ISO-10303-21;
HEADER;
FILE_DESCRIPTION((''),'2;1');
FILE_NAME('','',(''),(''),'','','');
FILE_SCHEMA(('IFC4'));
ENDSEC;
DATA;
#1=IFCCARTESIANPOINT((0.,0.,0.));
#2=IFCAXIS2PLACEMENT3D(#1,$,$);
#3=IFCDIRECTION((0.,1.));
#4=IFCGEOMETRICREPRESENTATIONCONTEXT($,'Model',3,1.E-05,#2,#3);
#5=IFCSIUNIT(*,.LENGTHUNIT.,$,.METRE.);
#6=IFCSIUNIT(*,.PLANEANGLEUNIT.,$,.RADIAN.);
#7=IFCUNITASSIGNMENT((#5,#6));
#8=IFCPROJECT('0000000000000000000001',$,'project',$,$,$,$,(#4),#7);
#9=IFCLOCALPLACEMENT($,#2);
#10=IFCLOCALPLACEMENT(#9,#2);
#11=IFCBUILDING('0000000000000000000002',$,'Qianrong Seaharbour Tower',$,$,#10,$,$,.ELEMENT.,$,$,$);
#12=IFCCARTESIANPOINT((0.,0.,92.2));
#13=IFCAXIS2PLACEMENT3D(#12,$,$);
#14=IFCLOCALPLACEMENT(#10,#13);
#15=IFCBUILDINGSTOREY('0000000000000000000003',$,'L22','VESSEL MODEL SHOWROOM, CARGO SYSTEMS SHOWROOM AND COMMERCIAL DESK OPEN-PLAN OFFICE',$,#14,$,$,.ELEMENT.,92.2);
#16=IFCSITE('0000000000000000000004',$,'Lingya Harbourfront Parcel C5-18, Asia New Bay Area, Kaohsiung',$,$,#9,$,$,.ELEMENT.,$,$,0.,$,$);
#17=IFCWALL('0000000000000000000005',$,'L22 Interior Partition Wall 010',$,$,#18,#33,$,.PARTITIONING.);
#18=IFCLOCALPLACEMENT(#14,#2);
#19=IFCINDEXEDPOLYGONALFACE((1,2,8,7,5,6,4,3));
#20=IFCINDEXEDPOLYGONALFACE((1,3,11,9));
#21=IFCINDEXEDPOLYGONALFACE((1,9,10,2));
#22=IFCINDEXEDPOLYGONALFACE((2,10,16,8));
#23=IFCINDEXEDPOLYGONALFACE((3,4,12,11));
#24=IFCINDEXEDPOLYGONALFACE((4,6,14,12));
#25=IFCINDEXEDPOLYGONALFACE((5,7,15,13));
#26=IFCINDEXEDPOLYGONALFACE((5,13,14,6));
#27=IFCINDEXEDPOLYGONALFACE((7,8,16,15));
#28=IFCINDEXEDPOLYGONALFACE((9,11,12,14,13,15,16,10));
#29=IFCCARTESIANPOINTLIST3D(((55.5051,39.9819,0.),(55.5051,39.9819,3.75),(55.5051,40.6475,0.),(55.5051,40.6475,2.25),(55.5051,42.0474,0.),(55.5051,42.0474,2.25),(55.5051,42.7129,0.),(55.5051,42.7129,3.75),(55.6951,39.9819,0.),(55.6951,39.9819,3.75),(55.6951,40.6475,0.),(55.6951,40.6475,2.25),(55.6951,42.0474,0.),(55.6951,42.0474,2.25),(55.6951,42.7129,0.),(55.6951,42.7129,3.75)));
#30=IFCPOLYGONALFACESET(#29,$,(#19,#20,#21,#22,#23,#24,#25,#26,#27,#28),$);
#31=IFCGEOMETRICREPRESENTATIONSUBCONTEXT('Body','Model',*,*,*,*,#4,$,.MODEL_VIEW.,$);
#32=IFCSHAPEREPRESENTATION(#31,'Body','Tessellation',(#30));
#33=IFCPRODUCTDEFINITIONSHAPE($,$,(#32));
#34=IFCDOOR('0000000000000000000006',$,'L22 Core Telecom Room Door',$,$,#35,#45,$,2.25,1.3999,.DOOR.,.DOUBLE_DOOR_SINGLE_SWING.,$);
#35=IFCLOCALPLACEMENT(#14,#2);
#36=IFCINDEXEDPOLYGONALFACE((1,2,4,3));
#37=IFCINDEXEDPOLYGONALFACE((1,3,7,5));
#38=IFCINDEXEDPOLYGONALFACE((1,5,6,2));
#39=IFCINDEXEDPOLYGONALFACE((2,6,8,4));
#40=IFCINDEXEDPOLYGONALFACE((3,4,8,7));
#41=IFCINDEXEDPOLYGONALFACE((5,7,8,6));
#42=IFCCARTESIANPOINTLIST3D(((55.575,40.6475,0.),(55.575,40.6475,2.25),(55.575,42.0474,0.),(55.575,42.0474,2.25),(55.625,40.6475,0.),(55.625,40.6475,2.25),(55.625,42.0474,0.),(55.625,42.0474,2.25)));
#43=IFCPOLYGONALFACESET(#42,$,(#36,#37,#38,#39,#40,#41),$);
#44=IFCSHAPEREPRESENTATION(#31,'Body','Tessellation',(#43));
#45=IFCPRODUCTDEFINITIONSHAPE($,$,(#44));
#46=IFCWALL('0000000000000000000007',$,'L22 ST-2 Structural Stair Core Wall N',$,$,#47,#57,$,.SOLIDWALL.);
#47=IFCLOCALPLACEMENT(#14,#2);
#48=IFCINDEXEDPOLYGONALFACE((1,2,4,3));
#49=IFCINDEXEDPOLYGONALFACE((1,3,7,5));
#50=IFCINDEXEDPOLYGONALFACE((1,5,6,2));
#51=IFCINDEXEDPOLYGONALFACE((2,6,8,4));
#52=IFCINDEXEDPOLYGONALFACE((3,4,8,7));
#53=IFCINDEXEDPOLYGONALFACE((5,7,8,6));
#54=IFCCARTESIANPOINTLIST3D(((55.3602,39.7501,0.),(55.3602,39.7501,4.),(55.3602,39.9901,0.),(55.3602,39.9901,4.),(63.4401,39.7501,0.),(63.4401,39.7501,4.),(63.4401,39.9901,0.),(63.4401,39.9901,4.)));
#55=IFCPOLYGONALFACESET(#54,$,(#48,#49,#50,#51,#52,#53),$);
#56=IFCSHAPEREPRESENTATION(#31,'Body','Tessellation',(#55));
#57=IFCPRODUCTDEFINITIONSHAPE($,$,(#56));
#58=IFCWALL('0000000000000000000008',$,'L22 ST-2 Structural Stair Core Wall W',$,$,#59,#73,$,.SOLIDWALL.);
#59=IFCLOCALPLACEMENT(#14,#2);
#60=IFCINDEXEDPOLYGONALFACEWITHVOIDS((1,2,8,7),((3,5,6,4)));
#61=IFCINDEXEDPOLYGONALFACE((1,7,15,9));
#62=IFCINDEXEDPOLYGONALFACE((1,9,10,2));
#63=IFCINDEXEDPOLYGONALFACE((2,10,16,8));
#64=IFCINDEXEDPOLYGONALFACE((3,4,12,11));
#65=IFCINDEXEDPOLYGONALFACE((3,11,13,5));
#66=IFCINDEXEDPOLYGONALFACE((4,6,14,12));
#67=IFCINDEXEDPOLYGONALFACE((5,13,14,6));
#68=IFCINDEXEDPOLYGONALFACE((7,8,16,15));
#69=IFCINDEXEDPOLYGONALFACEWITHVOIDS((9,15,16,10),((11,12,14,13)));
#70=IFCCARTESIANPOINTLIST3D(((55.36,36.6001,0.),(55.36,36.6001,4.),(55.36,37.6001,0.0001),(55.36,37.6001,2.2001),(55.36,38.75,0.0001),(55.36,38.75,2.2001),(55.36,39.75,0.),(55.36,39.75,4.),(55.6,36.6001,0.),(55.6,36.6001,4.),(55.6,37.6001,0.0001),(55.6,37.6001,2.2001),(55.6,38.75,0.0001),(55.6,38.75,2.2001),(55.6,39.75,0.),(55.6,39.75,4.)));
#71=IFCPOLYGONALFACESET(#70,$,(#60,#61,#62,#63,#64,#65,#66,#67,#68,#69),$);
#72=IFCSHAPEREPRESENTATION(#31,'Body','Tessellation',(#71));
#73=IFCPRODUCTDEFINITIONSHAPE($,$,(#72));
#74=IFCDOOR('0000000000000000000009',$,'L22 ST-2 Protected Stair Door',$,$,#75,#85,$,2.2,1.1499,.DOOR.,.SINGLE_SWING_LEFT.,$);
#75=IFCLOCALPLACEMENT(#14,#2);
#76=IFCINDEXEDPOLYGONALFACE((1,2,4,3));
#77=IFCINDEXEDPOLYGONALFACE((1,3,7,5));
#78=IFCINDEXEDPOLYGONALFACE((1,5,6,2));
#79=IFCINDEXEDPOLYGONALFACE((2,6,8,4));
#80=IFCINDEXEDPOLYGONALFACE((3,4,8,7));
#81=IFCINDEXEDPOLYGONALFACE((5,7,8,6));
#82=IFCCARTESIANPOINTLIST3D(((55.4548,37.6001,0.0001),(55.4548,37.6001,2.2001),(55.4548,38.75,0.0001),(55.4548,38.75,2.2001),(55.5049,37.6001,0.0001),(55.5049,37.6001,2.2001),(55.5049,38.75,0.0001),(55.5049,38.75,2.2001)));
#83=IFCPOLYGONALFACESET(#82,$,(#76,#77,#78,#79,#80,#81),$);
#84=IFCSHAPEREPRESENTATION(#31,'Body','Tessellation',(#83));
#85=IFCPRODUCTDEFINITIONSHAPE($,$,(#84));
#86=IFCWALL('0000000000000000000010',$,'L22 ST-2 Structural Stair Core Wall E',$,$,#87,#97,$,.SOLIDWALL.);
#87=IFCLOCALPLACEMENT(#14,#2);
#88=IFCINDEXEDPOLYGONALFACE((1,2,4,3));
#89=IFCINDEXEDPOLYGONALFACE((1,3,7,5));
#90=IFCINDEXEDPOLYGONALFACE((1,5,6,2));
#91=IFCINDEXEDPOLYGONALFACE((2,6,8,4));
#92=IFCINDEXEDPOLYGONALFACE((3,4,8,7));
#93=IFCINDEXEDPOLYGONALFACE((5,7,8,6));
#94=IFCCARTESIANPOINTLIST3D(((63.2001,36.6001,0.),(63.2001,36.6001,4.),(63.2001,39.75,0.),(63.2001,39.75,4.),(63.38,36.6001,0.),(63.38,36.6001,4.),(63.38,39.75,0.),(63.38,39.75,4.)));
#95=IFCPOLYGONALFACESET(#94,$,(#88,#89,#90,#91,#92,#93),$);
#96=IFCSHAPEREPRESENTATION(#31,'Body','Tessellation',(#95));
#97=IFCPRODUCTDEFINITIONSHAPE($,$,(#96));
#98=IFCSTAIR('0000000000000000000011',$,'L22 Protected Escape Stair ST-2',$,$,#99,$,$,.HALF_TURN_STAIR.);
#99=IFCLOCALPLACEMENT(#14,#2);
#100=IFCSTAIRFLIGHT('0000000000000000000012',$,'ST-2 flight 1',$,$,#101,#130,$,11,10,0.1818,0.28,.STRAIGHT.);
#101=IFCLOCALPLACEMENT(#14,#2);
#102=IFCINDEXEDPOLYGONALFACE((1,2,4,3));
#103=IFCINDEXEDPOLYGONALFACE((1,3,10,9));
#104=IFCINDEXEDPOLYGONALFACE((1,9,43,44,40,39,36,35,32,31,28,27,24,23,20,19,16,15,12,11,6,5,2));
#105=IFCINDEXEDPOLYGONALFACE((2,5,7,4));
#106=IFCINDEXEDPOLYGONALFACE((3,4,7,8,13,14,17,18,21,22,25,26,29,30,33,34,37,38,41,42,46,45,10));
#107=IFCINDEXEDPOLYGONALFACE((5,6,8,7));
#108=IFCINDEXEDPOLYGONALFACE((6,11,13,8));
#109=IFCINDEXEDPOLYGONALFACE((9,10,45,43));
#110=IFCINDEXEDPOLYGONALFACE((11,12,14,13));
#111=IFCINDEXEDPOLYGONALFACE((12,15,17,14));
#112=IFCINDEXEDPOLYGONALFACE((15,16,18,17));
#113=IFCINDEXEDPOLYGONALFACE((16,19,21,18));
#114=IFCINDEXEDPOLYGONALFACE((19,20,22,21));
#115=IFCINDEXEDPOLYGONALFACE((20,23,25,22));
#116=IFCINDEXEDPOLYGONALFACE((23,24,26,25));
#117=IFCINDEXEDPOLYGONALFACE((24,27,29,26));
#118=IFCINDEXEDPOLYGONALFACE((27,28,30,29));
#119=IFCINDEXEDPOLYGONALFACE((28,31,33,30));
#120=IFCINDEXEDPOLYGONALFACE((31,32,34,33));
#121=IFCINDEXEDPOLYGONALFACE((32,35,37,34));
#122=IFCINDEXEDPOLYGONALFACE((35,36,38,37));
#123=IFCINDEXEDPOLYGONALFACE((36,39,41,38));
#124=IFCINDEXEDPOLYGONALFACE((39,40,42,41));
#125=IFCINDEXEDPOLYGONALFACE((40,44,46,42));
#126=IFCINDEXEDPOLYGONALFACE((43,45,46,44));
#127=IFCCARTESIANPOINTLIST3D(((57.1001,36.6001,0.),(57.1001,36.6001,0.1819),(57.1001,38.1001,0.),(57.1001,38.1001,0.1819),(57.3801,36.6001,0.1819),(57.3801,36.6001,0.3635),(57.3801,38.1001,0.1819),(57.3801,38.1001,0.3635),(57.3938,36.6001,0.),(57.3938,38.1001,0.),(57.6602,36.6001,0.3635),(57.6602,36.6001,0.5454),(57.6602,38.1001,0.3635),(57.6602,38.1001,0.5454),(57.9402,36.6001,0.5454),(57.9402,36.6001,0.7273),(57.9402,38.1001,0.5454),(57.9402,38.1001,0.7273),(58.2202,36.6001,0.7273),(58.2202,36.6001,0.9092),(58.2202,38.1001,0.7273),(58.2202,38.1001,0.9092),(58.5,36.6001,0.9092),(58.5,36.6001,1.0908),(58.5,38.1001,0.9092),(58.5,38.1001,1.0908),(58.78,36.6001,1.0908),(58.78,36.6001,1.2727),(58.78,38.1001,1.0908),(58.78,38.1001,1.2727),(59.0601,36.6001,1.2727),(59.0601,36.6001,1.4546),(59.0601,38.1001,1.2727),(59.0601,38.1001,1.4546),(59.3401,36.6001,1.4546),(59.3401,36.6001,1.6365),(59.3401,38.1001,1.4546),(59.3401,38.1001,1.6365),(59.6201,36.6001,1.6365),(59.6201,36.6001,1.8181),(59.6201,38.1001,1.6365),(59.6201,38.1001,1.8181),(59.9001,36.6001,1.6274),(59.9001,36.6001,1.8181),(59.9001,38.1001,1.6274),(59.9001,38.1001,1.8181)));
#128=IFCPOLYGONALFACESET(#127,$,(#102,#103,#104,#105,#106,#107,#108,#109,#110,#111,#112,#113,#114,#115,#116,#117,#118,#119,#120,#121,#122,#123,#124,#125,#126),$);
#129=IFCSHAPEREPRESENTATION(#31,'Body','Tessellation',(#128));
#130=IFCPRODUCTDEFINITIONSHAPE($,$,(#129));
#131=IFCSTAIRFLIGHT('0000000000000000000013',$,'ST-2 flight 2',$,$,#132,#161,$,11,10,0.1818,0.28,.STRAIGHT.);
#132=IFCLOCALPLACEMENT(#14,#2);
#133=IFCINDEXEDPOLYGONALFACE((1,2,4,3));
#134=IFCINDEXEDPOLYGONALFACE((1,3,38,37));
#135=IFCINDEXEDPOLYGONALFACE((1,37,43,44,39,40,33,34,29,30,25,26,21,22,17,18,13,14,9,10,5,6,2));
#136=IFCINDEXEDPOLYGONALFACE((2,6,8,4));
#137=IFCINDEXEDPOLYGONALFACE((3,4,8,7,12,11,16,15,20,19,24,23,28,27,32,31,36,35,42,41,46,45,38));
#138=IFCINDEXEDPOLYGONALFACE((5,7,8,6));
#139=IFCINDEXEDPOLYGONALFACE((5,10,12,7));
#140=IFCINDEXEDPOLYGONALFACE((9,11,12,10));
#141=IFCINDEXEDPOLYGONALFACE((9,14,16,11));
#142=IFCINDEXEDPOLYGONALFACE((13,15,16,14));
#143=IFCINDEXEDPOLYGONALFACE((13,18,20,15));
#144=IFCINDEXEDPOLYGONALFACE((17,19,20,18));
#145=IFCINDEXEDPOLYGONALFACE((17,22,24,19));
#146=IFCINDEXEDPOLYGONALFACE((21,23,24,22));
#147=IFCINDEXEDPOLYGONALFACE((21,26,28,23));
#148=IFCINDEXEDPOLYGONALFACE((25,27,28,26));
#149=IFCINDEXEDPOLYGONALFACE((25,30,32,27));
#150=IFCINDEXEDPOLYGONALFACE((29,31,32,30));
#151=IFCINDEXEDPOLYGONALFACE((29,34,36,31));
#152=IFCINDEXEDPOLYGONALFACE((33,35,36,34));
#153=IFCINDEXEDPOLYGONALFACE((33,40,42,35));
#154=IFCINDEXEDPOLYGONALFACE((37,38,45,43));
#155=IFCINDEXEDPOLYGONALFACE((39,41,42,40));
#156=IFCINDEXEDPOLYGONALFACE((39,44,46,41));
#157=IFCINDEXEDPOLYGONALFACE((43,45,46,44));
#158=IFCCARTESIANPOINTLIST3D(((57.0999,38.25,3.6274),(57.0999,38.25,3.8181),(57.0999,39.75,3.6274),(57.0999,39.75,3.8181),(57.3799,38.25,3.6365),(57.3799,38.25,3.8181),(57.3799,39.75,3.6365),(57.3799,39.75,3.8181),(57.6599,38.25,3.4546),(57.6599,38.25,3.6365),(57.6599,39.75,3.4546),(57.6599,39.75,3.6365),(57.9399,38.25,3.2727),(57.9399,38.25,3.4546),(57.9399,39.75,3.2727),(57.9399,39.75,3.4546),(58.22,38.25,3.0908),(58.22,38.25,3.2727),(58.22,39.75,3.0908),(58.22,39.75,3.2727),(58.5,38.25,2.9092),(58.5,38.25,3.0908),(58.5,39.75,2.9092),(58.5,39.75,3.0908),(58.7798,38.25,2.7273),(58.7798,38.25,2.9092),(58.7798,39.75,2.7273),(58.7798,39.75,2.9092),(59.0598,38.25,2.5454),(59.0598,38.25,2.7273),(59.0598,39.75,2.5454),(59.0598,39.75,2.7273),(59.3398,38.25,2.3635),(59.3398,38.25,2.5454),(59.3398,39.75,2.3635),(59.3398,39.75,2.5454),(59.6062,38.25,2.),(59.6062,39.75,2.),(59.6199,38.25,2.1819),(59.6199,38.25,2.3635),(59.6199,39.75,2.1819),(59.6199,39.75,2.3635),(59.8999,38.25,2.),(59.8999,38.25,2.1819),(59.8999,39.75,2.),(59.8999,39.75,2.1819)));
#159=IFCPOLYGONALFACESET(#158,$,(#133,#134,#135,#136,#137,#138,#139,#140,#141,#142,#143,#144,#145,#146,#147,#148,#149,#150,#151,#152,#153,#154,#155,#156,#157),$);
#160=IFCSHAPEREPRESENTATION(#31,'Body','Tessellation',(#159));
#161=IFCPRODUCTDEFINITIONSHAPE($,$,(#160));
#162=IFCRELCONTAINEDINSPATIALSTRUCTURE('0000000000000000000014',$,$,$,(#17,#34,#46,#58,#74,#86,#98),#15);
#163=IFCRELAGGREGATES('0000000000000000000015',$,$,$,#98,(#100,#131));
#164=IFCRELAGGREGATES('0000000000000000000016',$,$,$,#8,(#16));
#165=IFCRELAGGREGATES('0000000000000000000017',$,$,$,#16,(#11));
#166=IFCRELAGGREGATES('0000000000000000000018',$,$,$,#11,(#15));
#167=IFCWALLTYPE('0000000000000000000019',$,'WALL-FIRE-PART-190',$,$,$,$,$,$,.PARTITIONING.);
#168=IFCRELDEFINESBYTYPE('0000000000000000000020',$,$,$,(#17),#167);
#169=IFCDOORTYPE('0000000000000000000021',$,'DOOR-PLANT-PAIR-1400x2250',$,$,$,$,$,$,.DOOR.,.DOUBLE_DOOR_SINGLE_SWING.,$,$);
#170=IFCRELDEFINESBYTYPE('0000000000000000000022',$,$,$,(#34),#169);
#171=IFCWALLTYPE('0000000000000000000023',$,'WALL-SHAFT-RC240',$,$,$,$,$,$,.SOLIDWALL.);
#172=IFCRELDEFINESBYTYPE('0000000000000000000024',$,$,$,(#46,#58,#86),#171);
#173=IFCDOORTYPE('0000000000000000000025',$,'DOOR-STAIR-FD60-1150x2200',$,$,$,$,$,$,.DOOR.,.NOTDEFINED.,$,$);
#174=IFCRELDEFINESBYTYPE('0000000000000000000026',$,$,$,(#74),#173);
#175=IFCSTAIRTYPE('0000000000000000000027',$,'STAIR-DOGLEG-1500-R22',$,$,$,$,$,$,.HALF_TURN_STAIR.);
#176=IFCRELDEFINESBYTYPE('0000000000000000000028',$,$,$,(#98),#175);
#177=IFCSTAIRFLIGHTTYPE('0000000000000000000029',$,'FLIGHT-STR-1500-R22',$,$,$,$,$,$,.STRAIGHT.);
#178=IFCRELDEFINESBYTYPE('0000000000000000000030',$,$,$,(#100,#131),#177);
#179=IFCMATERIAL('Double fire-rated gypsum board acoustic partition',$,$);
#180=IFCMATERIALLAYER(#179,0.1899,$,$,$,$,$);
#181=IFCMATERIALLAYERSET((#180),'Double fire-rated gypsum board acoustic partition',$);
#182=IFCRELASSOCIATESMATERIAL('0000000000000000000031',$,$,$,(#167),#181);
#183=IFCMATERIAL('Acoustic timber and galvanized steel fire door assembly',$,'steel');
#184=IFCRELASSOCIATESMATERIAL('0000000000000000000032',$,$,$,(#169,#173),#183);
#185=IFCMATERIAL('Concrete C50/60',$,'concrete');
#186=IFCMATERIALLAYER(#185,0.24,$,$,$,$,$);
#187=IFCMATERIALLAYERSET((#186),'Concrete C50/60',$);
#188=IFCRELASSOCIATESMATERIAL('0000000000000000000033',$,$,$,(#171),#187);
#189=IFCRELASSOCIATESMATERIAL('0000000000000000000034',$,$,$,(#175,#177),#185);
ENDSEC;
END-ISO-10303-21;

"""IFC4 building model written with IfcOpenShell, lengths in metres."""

from ifc_helpers import new_model, si_unit, direction, frame, frame_2d, origin, place, context, subcontext, project, spatial, polyline, rectangle, outline, extrude, material, layer, layer_set, type_object, element, fill, aggregate, save


model = new_model("IFC4")

# Units and contexts
model_context = context("Model", 3, precision=1e-05, world=origin(), true_north=direction((0.0, 1.0)))
body_context = subcontext(model_context, "Body", "Model", "MODEL_VIEW")
ifc_project = project(units=[si_unit("LENGTHUNIT", "METRE"), si_unit("PLANEANGLEUNIT", "RADIAN")], contexts=[model_context])

# Site, building, storey
site_placement = place(None, origin())
site = spatial("IfcSite", under=ifc_project, at=site_placement, Name="Lingya Harbourfront Parcel C5-18, Asia New Bay Area, Kaohsiung", CompositionType="ELEMENT", RefElevation=0.0)
building_placement = place(site_placement, origin())
building = spatial("IfcBuilding", under=site, at=building_placement, Name="Qianrong Seaharbour Tower", CompositionType="ELEMENT")
storey_placement = place(building_placement, frame((0.0, 0.0, 92.2)))
storey = spatial("IfcBuildingStorey", under=building, at=storey_placement, Name="L22", Description="VESSEL MODEL SHOWROOM, CARGO SYSTEMS SHOWROOM AND COMMERCIAL DESK OPEN-PLAN OFFICE", CompositionType="ELEMENT", Elevation=92.2)

# Wall, opening, door
ifc_material_1 = material(Name="Double fire-rated gypsum board acoustic partition")
ifc_layer_1 = layer(ifc_material_1, 0.1899)
ifc_layer_set_1 = layer_set([ifc_layer_1], Name="Double fire-rated gypsum board acoustic partition")
wall_type_1 = type_object("IfcWallType", Name="WALL-FIRE-PART-190", PredefinedType="PARTITIONING", material=ifc_layer_set_1)
wall_1_placement = place(storey_placement, frame((55.6001, 42.7129, 0.0), z_axis=(0.0, 0.0, 1.0), x_axis=(0.0, -1.0, 0.0)))
wall_1 = element("IfcWall", 1, at=wall_1_placement, inside=storey, type_object=wall_type_1, Name="L22 Interior Partition Wall 010", PredefinedType="PARTITIONING", context=body_context, shape_type="SweptSolid", body=[
    extrude(rectangle(XDim=2.731, YDim=0.1899, at=frame_2d((1.3655, 0.0))), origin(), (0.0, 0.0, 1.0), 3.75),
])
opening_1_placement = place(wall_1_placement, frame((0.6655, 0.0, 0.0)))
opening_1 = element("IfcOpeningElement", 2, at=opening_1_placement, cuts=wall_1, PredefinedType="OPENING", context=body_context, shape_type="SweptSolid", body=[
    extrude(rectangle(XDim=1.3999, YDim=2.25, at=frame_2d((0.7, 1.125))), frame((0.0, 0.105, 0.0), z_axis=(0.0, -1.0, 0.0), x_axis=(1.0, 0.0, 0.0)), (0.0, 0.0, 1.0), 0.21),
])
ifc_material_2 = material(Name="Acoustic timber and galvanized steel fire door assembly", Category="steel")
door_type_1 = type_object("IfcDoorType", Name="DOOR-PLANT-PAIR-1400x2250", OperationType="DOUBLE_DOOR_SINGLE_SWING", PredefinedType="DOOR", material=ifc_material_2)
door_1_placement = place(opening_1_placement, origin())
door_1 = element("IfcDoor", 3, at=door_1_placement, inside=storey, type_object=door_type_1, Name="L22 Core Telecom Room Door", OperationType="DOUBLE_DOOR_SINGLE_SWING", OverallHeight=2.25, OverallWidth=1.3999, PredefinedType="DOOR", context=body_context, shape_type="SweptSolid", body=[
    extrude(rectangle(XDim=1.3999, YDim=2.25, at=frame_2d((0.7, 1.125))), frame((0.0, 0.0249, 0.0), z_axis=(0.0, -1.0, 0.0), x_axis=(1.0, 0.0, 0.0)), (0.0, 0.0, 1.0), 0.05),
])
fill(opening_1, door_1)

# Wall
ifc_material_3 = material(Name="Concrete C50/60", Category="concrete")
ifc_layer_2 = layer(ifc_material_3, 0.24)
ifc_layer_set_2 = layer_set([ifc_layer_2], Name="Concrete C50/60")
wall_type_2 = type_object("IfcWallType", Name="WALL-SHAFT-RC240", PredefinedType="SOLIDWALL", material=ifc_layer_set_2)
wall_2_placement = place(storey_placement, frame((55.3601, 39.8701, 0.0), z_axis=(0.0, 0.0, 1.0), x_axis=(1.0, 0.0, 0.0)))
element("IfcWall", 4, at=wall_2_placement, inside=storey, type_object=wall_type_2, Name="L22 ST-2 Structural Stair Core Wall N", PredefinedType="SOLIDWALL", context=body_context, shape_type="SweptSolid", body=[
    extrude(rectangle(XDim=8.0798, YDim=0.24, at=frame_2d((4.04, 0.0))), origin(), (0.0, 0.0, 1.0), 4.0),
])

# Wall, opening, door
wall_3_placement = place(storey_placement, frame((55.48, 39.75, 0.0), z_axis=(0.0, 0.0, 1.0), x_axis=(0.0, -1.0, 0.0)))
wall_3 = element("IfcWall", 5, at=wall_3_placement, inside=storey, type_object=wall_type_2, Name="L22 ST-2 Structural Stair Core Wall W", PredefinedType="SOLIDWALL", context=body_context, shape_type="SweptSolid", body=[
    extrude(rectangle(XDim=3.1499, YDim=0.24, at=frame_2d((1.575, 0.0))), origin(), (0.0, 0.0, 1.0), 4.0),
])
opening_2_placement = place(wall_3_placement, frame((1.0, 0.0, 0.0)))
opening_2 = element("IfcOpeningElement", 6, at=opening_2_placement, cuts=wall_3, PredefinedType="OPENING", context=body_context, shape_type="SweptSolid", body=[
    extrude(rectangle(XDim=1.1499, YDim=2.2, at=frame_2d((0.575, 1.1001))), frame((0.0, 0.1299, 0.0), z_axis=(0.0, -1.0, 0.0), x_axis=(1.0, 0.0, 0.0)), (0.0, 0.0, 1.0), 0.26),
])
door_type_2 = type_object("IfcDoorType", Name="DOOR-STAIR-FD60-1150x2200", OperationType="NOTDEFINED", PredefinedType="DOOR", material=ifc_material_2)
door_2_placement = place(opening_2_placement, origin())
door_2 = element("IfcDoor", 7, at=door_2_placement, inside=storey, type_object=door_type_2, Name="L22 ST-2 Protected Stair Door", OperationType="SINGLE_SWING_LEFT", OverallHeight=2.2, OverallWidth=1.1499, PredefinedType="DOOR", context=body_context, shape_type="SweptSolid", body=[
    extrude(rectangle(XDim=1.1499, YDim=2.2, at=frame_2d((0.575, 1.1001))), frame((0.0, 0.0249, 0.0), z_axis=(0.0, -1.0, 0.0), x_axis=(1.0, 0.0, 0.0)), (0.0, 0.0, 1.0), 0.05),
])
fill(opening_2, door_2)

# Wall
wall_4_placement = place(storey_placement, frame((63.29, 36.6001, 0.0), z_axis=(0.0, 0.0, 1.0), x_axis=(0.0, 1.0, 0.0)))
element("IfcWall", 8, at=wall_4_placement, inside=storey, type_object=wall_type_2, Name="L22 ST-2 Structural Stair Core Wall E", PredefinedType="SOLIDWALL", context=body_context, shape_type="SweptSolid", body=[
    extrude(rectangle(XDim=3.1499, YDim=0.1799, at=frame_2d((1.575, 0.0))), origin(), (0.0, 0.0, 1.0), 4.0),
])

# Stair, stair flights
stair_type = type_object("IfcStairType", Name="STAIR-DOGLEG-1500-R22", PredefinedType="HALF_TURN_STAIR", material=ifc_material_3)
stair_placement = place(storey_placement, origin())
stair = element("IfcStair", 9, at=stair_placement, inside=storey, type_object=stair_type, Name="L22 Protected Escape Stair ST-2", PredefinedType="HALF_TURN_STAIR")
stair_flight_type = type_object("IfcStairFlightType", Name="FLIGHT-STR-1500-R22", PredefinedType="STRAIGHT", material=ifc_material_3)
stair_flight_1_placement = place(storey_placement, frame((57.1001, 37.3501, 0.0), z_axis=(0.0, 0.0, 1.0), x_axis=(1.0, 0.0, 0.0)))
stair_flight_1 = element("IfcStairFlight", 10, at=stair_flight_1_placement, type_object=stair_flight_type, Name="ST-2 flight 1", NumberOfRisers=11, NumberOfTreads=10, PredefinedType="STRAIGHT", RiserHeight=0.1818, TreadLength=0.28, context=body_context, shape_type="SweptSolid", body=[
    extrude(outline(polyline([(0.0, 0.0), (0.0, 0.1819), (0.28, 0.1819), (0.28, 0.3635), (0.5601, 0.3635), (0.5601, 0.5454), (0.8401, 0.5454), (0.8401, 0.7273), (1.1201, 0.7273), (1.1201, 0.9092), (1.3999, 0.9092), (1.3999, 1.0908), (1.6799, 1.0908), (1.6799, 1.2727), (1.96, 1.2727), (1.96, 1.4546), (2.24, 1.4546), (2.24, 1.6365), (2.52, 1.6365), (2.52, 1.8181), (2.8, 1.8181), (2.8, 2.0), (2.8, 1.6274), (0.2937, 0.0), (0.0, 0.0)])), frame((0.0, 0.75, 0.0), z_axis=(0.0, -1.0, 0.0), x_axis=(1.0, 0.0, 0.0)), (0.0, 0.0, 1.0), 1.5),
])
stair_flight_2_placement = place(storey_placement, frame((59.8999, 39.0, 2.0), z_axis=(0.0, 0.0, 1.0), x_axis=(-1.0, 0.0, 0.0)))
stair_flight_2 = element("IfcStairFlight", 11, at=stair_flight_2_placement, type_object=stair_flight_type, Name="ST-2 flight 2", NumberOfRisers=11, NumberOfTreads=10, PredefinedType="STRAIGHT", RiserHeight=0.1818, TreadLength=0.28, context=body_context, shape_type="SweptSolid", body=[
    extrude(outline(polyline([(0.0, 0.0), (0.0, 0.1819), (0.28, 0.1819), (0.28, 0.3635), (0.5601, 0.3635), (0.5601, 0.5454), (0.8401, 0.5454), (0.8401, 0.7273), (1.1201, 0.7273), (1.1201, 0.9092), (1.3999, 0.9092), (1.3999, 1.0908), (1.6799, 1.0908), (1.6799, 1.2727), (1.96, 1.2727), (1.96, 1.4546), (2.24, 1.4546), (2.24, 1.6365), (2.52, 1.6365), (2.52, 1.8181), (2.8, 1.8181), (2.8, 2.0), (2.8, 1.6274), (0.2937, 0.0), (0.0, 0.0)])), frame((0.0, 0.75, 0.0), z_axis=(0.0, -1.0, 0.0), x_axis=(1.0, 0.0, 0.0)), (0.0, 0.0, 1.0), 1.5),
])
aggregate(stair, [stair_flight_1, stair_flight_2])

save(model, "model.ifc")
